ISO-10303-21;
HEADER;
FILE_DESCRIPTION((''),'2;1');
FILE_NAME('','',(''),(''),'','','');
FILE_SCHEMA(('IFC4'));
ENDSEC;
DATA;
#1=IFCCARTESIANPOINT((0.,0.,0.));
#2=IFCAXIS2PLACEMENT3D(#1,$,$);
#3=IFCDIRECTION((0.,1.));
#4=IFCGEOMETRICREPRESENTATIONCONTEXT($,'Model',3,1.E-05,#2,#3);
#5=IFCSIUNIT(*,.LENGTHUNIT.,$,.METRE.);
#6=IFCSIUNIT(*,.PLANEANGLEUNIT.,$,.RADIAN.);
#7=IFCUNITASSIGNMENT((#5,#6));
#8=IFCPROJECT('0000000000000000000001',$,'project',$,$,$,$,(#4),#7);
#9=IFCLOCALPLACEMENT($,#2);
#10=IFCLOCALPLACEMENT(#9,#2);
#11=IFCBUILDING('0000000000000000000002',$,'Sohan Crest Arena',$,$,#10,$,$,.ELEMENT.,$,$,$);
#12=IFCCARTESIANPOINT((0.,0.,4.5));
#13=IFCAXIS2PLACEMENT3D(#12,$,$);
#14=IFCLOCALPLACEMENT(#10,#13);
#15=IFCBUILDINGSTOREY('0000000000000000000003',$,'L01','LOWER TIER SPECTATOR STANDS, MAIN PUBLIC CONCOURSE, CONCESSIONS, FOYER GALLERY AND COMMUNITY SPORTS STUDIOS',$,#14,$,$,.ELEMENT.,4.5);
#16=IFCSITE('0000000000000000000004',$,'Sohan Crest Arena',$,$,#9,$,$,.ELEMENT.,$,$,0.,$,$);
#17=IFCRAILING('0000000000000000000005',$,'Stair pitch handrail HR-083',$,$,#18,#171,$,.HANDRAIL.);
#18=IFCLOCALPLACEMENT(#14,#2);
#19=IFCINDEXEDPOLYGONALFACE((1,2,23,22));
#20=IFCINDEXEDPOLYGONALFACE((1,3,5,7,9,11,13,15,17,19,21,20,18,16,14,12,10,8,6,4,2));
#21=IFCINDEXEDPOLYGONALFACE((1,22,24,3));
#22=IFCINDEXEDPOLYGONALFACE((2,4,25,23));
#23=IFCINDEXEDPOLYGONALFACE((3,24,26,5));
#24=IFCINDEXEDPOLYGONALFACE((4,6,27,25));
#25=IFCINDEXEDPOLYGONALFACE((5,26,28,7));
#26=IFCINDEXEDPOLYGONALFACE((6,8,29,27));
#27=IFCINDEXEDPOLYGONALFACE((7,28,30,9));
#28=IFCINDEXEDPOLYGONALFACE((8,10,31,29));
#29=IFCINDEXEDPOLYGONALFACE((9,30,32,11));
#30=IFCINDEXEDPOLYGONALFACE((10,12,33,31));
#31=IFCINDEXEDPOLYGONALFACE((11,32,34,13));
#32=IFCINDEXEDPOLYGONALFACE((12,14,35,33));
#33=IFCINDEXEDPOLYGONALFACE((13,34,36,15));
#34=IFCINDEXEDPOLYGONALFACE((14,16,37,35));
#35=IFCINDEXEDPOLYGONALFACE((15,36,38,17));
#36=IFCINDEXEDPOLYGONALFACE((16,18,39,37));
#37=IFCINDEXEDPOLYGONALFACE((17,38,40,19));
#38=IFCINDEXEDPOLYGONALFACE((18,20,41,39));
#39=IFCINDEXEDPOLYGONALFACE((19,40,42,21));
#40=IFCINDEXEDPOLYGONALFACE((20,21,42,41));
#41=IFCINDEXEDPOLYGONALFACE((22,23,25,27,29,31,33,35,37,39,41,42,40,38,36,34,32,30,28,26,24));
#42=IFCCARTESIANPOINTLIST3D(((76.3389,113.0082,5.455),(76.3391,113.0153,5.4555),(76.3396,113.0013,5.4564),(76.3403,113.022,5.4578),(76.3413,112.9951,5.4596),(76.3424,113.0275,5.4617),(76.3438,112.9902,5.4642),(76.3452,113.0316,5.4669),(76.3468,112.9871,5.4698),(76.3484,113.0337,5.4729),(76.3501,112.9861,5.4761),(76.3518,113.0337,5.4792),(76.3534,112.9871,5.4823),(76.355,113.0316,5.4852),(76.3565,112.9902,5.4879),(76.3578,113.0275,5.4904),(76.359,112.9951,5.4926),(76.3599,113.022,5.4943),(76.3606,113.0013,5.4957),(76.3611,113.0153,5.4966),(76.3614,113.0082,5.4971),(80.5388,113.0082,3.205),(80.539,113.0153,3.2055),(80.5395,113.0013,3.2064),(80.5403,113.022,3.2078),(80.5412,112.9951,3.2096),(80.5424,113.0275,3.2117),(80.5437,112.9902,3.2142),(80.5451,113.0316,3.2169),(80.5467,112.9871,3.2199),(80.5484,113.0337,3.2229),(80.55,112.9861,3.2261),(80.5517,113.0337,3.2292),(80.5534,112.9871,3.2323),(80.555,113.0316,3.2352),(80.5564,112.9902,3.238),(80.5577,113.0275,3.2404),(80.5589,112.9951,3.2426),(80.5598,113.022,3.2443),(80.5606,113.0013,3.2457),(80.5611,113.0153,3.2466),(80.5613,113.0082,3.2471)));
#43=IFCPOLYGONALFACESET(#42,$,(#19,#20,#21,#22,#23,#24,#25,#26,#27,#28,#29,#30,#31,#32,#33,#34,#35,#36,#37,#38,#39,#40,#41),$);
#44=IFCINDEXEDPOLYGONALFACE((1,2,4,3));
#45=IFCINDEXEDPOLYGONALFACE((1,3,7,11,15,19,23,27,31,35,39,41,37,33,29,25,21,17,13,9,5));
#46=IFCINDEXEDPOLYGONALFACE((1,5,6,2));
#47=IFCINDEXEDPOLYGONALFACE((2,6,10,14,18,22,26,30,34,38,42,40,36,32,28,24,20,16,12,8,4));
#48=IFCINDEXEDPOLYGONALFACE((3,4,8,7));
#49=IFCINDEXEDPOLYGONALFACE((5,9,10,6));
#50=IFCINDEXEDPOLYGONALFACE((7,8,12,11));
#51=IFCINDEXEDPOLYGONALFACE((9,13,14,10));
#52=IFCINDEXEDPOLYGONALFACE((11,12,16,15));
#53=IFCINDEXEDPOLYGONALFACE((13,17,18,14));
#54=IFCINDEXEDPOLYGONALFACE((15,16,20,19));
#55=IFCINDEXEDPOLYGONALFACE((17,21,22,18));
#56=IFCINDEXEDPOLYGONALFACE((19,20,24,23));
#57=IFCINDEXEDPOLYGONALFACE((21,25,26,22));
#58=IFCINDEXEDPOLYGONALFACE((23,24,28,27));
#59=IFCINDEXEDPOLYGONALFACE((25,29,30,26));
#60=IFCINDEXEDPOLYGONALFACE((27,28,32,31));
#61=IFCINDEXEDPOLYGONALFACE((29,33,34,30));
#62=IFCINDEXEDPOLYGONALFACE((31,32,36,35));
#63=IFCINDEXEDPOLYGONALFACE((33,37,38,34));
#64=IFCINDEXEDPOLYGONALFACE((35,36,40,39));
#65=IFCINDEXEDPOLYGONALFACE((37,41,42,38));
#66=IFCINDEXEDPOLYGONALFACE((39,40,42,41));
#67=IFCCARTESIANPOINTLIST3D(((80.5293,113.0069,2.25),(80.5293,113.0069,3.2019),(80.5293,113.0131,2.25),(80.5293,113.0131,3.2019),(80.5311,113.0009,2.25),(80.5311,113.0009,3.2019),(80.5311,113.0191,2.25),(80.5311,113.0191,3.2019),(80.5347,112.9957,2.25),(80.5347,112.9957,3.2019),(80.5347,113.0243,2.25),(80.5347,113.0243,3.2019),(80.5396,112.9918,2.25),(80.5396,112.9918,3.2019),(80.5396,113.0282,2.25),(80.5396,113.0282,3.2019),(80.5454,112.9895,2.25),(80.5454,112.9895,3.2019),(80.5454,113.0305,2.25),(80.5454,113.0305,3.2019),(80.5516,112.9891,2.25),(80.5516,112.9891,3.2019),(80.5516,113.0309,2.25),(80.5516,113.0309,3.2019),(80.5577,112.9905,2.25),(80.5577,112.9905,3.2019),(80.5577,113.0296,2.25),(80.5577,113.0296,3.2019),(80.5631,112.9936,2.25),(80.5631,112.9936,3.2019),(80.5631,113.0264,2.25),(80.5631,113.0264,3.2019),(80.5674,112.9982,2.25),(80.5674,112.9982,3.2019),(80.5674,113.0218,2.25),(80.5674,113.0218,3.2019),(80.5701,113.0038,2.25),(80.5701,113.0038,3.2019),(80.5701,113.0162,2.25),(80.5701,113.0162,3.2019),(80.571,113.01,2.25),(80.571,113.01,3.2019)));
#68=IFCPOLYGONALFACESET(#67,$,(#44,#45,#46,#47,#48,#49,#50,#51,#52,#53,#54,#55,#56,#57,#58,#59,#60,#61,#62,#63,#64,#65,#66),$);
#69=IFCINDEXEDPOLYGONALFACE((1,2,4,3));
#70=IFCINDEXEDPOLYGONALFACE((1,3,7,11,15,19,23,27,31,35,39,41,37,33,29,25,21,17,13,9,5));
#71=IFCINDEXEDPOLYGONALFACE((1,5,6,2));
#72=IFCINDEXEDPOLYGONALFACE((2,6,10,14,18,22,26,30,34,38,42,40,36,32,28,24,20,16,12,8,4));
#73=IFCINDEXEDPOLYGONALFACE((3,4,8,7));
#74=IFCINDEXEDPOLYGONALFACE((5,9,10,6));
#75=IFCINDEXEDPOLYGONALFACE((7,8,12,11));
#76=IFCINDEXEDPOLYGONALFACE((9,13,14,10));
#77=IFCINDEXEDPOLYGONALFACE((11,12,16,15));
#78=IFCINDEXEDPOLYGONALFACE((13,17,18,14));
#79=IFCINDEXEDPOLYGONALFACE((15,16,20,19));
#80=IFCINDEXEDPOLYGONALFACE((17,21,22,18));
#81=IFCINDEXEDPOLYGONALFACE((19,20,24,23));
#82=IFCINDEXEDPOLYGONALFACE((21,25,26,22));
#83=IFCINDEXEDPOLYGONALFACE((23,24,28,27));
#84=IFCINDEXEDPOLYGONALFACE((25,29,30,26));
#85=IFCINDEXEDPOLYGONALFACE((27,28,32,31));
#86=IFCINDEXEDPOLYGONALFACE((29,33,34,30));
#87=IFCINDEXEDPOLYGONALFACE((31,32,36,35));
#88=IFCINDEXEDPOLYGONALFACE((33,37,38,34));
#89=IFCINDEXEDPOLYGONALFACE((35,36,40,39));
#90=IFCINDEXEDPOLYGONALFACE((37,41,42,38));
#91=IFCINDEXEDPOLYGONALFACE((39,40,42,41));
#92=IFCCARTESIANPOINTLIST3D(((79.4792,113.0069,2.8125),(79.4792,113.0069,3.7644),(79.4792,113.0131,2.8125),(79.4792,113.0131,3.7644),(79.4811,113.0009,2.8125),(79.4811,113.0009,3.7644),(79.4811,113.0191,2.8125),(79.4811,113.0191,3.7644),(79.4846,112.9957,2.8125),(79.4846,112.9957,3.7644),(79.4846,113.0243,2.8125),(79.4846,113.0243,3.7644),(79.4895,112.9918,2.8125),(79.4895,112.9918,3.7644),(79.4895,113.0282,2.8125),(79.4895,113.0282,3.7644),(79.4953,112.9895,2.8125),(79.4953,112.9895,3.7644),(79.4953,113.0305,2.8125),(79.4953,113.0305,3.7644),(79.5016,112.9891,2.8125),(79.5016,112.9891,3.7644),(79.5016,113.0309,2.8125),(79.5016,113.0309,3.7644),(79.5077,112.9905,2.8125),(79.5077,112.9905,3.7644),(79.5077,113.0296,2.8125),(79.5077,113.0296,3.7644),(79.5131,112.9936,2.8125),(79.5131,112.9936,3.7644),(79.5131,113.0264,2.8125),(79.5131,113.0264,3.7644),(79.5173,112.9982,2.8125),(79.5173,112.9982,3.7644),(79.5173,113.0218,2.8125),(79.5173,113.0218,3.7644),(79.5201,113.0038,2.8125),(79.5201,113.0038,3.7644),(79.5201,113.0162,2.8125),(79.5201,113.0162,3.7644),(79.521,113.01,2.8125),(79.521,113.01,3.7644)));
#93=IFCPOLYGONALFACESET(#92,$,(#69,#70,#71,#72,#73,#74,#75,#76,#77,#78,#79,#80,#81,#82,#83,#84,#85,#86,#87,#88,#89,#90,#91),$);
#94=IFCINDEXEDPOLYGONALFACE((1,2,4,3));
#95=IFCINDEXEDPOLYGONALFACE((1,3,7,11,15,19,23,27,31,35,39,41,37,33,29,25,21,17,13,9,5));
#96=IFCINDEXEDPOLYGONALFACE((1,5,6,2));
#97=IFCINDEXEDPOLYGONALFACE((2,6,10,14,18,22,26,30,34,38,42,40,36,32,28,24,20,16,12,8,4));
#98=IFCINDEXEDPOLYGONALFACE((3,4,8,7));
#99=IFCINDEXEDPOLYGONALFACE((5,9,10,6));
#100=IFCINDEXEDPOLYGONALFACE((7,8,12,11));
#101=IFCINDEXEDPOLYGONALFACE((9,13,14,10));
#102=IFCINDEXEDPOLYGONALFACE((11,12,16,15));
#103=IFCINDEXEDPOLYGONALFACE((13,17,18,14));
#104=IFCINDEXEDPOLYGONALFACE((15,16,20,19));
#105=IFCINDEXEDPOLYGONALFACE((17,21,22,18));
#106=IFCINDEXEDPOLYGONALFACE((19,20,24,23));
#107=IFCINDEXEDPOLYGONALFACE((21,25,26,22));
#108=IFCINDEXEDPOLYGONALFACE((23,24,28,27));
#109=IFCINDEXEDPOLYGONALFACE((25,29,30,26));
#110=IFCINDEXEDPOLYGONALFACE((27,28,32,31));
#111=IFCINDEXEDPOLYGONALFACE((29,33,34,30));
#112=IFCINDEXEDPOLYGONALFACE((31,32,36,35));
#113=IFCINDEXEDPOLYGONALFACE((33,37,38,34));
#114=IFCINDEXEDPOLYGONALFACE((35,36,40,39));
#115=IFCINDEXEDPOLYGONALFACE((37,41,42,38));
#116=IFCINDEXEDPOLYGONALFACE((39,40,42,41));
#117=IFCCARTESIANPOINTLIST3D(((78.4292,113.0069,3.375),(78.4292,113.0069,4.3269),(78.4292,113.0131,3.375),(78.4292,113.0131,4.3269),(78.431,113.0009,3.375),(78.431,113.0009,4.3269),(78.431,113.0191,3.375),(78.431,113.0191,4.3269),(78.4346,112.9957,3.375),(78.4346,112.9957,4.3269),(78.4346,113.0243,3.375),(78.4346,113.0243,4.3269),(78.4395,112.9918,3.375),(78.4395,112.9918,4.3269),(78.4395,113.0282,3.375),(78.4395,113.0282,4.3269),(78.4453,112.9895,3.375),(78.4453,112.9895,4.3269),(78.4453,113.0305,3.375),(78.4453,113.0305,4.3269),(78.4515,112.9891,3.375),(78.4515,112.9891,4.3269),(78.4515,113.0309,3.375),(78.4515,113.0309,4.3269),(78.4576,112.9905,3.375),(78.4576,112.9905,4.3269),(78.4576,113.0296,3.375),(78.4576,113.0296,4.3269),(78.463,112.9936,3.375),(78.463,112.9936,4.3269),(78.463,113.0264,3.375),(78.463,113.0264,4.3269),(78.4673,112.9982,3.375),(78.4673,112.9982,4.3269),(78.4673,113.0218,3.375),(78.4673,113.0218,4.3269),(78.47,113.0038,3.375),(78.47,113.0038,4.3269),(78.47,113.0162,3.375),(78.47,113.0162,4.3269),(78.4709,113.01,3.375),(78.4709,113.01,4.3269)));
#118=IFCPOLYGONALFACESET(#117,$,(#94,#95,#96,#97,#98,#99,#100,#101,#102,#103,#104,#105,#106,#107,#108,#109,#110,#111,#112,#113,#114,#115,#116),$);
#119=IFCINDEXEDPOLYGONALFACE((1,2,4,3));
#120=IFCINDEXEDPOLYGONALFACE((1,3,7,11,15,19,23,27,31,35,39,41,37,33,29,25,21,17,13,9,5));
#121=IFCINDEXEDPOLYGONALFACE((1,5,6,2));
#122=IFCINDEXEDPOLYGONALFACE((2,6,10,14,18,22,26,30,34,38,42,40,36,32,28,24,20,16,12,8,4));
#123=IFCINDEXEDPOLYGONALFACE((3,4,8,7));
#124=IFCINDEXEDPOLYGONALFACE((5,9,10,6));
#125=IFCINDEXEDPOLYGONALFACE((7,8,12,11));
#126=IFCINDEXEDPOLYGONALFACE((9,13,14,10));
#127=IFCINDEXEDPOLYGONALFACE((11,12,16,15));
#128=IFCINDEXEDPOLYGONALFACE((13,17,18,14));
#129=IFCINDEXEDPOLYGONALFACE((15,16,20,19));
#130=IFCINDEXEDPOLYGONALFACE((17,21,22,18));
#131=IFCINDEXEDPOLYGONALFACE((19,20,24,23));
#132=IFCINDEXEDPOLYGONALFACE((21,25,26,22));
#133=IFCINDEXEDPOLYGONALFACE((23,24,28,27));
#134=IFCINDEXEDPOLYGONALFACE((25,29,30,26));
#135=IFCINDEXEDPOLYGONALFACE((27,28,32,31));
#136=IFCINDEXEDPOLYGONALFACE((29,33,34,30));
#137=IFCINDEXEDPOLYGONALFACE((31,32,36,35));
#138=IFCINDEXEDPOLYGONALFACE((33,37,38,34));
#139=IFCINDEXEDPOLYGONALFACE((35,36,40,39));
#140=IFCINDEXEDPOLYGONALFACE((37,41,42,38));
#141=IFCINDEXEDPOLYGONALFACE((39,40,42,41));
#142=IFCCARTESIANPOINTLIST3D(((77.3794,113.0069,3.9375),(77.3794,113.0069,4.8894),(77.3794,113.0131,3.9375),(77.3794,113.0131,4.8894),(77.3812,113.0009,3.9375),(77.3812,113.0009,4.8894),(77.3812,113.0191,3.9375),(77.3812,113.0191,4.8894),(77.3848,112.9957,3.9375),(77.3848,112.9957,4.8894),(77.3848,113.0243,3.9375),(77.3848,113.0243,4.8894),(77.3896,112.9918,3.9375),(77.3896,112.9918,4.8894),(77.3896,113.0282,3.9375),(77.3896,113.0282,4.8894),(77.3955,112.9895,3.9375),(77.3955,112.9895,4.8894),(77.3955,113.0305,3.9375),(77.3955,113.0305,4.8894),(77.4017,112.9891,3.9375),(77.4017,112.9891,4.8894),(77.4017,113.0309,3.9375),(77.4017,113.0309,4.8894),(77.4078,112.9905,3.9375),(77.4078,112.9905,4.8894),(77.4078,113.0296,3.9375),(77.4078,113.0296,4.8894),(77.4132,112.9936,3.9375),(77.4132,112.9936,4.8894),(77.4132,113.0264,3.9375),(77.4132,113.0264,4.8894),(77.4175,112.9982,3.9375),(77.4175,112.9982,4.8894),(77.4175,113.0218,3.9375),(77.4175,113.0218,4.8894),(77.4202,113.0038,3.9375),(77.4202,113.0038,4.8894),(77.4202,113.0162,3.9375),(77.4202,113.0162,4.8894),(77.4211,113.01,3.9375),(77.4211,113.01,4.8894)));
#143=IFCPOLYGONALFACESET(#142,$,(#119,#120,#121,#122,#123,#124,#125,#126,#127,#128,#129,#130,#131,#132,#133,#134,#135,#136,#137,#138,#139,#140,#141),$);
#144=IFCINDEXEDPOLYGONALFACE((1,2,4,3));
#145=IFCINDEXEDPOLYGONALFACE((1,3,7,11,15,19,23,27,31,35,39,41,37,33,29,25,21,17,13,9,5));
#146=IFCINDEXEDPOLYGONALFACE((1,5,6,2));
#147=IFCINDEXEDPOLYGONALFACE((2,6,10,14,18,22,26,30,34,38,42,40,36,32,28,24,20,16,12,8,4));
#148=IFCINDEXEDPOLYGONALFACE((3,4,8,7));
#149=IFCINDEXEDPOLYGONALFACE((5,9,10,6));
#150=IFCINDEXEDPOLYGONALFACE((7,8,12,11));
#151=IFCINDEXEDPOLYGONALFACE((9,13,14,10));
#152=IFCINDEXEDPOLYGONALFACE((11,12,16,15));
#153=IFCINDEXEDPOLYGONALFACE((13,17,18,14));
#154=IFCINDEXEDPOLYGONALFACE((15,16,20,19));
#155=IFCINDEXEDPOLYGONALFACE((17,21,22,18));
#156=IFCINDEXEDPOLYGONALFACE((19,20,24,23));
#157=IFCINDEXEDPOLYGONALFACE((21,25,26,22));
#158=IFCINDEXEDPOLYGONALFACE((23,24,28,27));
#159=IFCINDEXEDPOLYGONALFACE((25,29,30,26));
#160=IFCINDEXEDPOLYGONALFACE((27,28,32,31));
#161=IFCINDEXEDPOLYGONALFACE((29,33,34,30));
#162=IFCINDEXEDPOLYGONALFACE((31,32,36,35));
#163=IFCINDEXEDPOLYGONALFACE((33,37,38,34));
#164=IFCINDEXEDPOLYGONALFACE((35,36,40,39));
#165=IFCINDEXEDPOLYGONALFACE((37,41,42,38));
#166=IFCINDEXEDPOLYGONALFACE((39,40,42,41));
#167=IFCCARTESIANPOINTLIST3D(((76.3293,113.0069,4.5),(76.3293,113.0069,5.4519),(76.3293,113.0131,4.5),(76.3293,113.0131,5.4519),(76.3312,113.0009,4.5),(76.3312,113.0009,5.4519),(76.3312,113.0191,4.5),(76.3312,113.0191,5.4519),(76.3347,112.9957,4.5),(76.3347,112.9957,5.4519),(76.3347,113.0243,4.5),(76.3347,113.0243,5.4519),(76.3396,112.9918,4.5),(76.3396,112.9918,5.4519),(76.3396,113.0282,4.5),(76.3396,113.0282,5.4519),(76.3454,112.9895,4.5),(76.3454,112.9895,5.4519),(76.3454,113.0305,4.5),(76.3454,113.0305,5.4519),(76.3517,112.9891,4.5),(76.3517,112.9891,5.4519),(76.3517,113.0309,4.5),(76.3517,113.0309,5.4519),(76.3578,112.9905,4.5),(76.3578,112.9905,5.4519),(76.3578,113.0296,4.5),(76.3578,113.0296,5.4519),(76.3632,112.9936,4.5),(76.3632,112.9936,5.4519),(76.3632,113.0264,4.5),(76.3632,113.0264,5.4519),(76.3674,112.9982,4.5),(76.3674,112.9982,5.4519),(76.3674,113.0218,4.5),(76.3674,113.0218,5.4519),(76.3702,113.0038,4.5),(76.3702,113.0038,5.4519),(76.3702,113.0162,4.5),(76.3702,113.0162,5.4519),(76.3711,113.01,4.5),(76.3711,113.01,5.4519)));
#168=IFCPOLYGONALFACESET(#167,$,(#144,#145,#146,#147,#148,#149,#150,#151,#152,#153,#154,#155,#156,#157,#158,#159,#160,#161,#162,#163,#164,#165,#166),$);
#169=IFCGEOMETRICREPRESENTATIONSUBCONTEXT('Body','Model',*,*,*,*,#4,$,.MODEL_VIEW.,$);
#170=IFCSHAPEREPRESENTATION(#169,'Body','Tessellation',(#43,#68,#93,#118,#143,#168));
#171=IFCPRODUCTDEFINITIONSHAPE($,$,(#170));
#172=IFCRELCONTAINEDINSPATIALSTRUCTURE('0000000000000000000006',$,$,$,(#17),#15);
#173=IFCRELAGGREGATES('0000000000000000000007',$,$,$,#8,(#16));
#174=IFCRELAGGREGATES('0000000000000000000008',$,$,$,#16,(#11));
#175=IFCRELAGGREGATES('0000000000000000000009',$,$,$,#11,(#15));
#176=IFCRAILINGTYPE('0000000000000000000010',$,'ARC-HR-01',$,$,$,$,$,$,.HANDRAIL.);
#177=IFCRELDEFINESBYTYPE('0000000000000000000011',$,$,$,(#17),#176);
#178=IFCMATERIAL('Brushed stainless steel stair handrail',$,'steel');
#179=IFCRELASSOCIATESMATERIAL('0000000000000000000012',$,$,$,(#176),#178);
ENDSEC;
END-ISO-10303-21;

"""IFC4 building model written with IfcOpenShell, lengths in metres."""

from ifc_helpers import new_model, si_unit, direction, frame, origin, origin_2d, place, context, subcontext, project, spatial, circle, extrude, material, type_object, element, save


model = new_model("IFC4")

# Units and contexts
model_context = context("Model", 3, precision=1e-05, world=origin(), true_north=direction((0.0, 1.0)))
body_context = subcontext(model_context, "Body", "Model", "MODEL_VIEW")
ifc_project = project(units=[si_unit("LENGTHUNIT", "METRE"), si_unit("PLANEANGLEUNIT", "RADIAN")], contexts=[model_context])

# Site, building, storey
site_placement = place(None, origin())
site = spatial("IfcSite", under=ifc_project, at=site_placement, Name="Sohan Crest Arena", CompositionType="ELEMENT", RefElevation=0.0)
building_placement = place(site_placement, origin())
building = spatial("IfcBuilding", under=site, at=building_placement, Name="Sohan Crest Arena", CompositionType="ELEMENT")
storey_placement = place(building_placement, frame((0.0, 0.0, 4.5)))
storey = spatial("IfcBuildingStorey", under=building, at=storey_placement, Name="L01", Description="LOWER TIER SPECTATOR STANDS, MAIN PUBLIC CONCOURSE, CONCESSIONS, FOYER GALLERY AND COMMUNITY SPORTS STUDIOS", CompositionType="ELEMENT", Elevation=4.5)

# Railing
ifc_material_1 = material(Name="Brushed stainless steel stair handrail", Category="steel")
railing_type_1 = type_object("IfcRailingType", Name="ARC-HR-01", PredefinedType="HANDRAIL", material=ifc_material_1)
railing_1_placement = place(storey_placement, frame((80.55, 113.01, 2.25)))
element("IfcRailing", 1, at=railing_1_placement, inside=storey, type_object=railing_type_1, Name="Stair pitch handrail HR-083", PredefinedType="HANDRAIL", context=body_context, shape_type="SweptSolid", body=[
    extrude(circle(Radius=0.0239, at=origin_2d()), frame((0.0, 0.0, 0.9761), z_axis=(-0.881478, 0.0, 0.472226), x_axis=(0.0, -1.0, 0.0)), (0.0, 0.0, 1.0), 4.7646),
    extrude(circle(Radius=0.021, at=origin_2d()), origin(), (0.0, 0.0, 1.0), 0.9519),
    extrude(circle(Radius=0.021, at=origin_2d()), frame((-1.05, 0.0, 0.5625)), (0.0, 0.0, 1.0), 0.9519),
    extrude(circle(Radius=0.021, at=origin_2d()), frame((-2.1001, 0.0, 1.125)), (0.0, 0.0, 1.0), 0.9519),
    extrude(circle(Radius=0.021, at=origin_2d()), frame((-3.1499, 0.0, 1.6875)), (0.0, 0.0, 1.0), 0.9519),
    extrude(circle(Radius=0.021, at=origin_2d()), frame((-4.2, 0.0, 2.25)), (0.0, 0.0, 1.0), 0.9519),
])

save(model, "model.ifc")
